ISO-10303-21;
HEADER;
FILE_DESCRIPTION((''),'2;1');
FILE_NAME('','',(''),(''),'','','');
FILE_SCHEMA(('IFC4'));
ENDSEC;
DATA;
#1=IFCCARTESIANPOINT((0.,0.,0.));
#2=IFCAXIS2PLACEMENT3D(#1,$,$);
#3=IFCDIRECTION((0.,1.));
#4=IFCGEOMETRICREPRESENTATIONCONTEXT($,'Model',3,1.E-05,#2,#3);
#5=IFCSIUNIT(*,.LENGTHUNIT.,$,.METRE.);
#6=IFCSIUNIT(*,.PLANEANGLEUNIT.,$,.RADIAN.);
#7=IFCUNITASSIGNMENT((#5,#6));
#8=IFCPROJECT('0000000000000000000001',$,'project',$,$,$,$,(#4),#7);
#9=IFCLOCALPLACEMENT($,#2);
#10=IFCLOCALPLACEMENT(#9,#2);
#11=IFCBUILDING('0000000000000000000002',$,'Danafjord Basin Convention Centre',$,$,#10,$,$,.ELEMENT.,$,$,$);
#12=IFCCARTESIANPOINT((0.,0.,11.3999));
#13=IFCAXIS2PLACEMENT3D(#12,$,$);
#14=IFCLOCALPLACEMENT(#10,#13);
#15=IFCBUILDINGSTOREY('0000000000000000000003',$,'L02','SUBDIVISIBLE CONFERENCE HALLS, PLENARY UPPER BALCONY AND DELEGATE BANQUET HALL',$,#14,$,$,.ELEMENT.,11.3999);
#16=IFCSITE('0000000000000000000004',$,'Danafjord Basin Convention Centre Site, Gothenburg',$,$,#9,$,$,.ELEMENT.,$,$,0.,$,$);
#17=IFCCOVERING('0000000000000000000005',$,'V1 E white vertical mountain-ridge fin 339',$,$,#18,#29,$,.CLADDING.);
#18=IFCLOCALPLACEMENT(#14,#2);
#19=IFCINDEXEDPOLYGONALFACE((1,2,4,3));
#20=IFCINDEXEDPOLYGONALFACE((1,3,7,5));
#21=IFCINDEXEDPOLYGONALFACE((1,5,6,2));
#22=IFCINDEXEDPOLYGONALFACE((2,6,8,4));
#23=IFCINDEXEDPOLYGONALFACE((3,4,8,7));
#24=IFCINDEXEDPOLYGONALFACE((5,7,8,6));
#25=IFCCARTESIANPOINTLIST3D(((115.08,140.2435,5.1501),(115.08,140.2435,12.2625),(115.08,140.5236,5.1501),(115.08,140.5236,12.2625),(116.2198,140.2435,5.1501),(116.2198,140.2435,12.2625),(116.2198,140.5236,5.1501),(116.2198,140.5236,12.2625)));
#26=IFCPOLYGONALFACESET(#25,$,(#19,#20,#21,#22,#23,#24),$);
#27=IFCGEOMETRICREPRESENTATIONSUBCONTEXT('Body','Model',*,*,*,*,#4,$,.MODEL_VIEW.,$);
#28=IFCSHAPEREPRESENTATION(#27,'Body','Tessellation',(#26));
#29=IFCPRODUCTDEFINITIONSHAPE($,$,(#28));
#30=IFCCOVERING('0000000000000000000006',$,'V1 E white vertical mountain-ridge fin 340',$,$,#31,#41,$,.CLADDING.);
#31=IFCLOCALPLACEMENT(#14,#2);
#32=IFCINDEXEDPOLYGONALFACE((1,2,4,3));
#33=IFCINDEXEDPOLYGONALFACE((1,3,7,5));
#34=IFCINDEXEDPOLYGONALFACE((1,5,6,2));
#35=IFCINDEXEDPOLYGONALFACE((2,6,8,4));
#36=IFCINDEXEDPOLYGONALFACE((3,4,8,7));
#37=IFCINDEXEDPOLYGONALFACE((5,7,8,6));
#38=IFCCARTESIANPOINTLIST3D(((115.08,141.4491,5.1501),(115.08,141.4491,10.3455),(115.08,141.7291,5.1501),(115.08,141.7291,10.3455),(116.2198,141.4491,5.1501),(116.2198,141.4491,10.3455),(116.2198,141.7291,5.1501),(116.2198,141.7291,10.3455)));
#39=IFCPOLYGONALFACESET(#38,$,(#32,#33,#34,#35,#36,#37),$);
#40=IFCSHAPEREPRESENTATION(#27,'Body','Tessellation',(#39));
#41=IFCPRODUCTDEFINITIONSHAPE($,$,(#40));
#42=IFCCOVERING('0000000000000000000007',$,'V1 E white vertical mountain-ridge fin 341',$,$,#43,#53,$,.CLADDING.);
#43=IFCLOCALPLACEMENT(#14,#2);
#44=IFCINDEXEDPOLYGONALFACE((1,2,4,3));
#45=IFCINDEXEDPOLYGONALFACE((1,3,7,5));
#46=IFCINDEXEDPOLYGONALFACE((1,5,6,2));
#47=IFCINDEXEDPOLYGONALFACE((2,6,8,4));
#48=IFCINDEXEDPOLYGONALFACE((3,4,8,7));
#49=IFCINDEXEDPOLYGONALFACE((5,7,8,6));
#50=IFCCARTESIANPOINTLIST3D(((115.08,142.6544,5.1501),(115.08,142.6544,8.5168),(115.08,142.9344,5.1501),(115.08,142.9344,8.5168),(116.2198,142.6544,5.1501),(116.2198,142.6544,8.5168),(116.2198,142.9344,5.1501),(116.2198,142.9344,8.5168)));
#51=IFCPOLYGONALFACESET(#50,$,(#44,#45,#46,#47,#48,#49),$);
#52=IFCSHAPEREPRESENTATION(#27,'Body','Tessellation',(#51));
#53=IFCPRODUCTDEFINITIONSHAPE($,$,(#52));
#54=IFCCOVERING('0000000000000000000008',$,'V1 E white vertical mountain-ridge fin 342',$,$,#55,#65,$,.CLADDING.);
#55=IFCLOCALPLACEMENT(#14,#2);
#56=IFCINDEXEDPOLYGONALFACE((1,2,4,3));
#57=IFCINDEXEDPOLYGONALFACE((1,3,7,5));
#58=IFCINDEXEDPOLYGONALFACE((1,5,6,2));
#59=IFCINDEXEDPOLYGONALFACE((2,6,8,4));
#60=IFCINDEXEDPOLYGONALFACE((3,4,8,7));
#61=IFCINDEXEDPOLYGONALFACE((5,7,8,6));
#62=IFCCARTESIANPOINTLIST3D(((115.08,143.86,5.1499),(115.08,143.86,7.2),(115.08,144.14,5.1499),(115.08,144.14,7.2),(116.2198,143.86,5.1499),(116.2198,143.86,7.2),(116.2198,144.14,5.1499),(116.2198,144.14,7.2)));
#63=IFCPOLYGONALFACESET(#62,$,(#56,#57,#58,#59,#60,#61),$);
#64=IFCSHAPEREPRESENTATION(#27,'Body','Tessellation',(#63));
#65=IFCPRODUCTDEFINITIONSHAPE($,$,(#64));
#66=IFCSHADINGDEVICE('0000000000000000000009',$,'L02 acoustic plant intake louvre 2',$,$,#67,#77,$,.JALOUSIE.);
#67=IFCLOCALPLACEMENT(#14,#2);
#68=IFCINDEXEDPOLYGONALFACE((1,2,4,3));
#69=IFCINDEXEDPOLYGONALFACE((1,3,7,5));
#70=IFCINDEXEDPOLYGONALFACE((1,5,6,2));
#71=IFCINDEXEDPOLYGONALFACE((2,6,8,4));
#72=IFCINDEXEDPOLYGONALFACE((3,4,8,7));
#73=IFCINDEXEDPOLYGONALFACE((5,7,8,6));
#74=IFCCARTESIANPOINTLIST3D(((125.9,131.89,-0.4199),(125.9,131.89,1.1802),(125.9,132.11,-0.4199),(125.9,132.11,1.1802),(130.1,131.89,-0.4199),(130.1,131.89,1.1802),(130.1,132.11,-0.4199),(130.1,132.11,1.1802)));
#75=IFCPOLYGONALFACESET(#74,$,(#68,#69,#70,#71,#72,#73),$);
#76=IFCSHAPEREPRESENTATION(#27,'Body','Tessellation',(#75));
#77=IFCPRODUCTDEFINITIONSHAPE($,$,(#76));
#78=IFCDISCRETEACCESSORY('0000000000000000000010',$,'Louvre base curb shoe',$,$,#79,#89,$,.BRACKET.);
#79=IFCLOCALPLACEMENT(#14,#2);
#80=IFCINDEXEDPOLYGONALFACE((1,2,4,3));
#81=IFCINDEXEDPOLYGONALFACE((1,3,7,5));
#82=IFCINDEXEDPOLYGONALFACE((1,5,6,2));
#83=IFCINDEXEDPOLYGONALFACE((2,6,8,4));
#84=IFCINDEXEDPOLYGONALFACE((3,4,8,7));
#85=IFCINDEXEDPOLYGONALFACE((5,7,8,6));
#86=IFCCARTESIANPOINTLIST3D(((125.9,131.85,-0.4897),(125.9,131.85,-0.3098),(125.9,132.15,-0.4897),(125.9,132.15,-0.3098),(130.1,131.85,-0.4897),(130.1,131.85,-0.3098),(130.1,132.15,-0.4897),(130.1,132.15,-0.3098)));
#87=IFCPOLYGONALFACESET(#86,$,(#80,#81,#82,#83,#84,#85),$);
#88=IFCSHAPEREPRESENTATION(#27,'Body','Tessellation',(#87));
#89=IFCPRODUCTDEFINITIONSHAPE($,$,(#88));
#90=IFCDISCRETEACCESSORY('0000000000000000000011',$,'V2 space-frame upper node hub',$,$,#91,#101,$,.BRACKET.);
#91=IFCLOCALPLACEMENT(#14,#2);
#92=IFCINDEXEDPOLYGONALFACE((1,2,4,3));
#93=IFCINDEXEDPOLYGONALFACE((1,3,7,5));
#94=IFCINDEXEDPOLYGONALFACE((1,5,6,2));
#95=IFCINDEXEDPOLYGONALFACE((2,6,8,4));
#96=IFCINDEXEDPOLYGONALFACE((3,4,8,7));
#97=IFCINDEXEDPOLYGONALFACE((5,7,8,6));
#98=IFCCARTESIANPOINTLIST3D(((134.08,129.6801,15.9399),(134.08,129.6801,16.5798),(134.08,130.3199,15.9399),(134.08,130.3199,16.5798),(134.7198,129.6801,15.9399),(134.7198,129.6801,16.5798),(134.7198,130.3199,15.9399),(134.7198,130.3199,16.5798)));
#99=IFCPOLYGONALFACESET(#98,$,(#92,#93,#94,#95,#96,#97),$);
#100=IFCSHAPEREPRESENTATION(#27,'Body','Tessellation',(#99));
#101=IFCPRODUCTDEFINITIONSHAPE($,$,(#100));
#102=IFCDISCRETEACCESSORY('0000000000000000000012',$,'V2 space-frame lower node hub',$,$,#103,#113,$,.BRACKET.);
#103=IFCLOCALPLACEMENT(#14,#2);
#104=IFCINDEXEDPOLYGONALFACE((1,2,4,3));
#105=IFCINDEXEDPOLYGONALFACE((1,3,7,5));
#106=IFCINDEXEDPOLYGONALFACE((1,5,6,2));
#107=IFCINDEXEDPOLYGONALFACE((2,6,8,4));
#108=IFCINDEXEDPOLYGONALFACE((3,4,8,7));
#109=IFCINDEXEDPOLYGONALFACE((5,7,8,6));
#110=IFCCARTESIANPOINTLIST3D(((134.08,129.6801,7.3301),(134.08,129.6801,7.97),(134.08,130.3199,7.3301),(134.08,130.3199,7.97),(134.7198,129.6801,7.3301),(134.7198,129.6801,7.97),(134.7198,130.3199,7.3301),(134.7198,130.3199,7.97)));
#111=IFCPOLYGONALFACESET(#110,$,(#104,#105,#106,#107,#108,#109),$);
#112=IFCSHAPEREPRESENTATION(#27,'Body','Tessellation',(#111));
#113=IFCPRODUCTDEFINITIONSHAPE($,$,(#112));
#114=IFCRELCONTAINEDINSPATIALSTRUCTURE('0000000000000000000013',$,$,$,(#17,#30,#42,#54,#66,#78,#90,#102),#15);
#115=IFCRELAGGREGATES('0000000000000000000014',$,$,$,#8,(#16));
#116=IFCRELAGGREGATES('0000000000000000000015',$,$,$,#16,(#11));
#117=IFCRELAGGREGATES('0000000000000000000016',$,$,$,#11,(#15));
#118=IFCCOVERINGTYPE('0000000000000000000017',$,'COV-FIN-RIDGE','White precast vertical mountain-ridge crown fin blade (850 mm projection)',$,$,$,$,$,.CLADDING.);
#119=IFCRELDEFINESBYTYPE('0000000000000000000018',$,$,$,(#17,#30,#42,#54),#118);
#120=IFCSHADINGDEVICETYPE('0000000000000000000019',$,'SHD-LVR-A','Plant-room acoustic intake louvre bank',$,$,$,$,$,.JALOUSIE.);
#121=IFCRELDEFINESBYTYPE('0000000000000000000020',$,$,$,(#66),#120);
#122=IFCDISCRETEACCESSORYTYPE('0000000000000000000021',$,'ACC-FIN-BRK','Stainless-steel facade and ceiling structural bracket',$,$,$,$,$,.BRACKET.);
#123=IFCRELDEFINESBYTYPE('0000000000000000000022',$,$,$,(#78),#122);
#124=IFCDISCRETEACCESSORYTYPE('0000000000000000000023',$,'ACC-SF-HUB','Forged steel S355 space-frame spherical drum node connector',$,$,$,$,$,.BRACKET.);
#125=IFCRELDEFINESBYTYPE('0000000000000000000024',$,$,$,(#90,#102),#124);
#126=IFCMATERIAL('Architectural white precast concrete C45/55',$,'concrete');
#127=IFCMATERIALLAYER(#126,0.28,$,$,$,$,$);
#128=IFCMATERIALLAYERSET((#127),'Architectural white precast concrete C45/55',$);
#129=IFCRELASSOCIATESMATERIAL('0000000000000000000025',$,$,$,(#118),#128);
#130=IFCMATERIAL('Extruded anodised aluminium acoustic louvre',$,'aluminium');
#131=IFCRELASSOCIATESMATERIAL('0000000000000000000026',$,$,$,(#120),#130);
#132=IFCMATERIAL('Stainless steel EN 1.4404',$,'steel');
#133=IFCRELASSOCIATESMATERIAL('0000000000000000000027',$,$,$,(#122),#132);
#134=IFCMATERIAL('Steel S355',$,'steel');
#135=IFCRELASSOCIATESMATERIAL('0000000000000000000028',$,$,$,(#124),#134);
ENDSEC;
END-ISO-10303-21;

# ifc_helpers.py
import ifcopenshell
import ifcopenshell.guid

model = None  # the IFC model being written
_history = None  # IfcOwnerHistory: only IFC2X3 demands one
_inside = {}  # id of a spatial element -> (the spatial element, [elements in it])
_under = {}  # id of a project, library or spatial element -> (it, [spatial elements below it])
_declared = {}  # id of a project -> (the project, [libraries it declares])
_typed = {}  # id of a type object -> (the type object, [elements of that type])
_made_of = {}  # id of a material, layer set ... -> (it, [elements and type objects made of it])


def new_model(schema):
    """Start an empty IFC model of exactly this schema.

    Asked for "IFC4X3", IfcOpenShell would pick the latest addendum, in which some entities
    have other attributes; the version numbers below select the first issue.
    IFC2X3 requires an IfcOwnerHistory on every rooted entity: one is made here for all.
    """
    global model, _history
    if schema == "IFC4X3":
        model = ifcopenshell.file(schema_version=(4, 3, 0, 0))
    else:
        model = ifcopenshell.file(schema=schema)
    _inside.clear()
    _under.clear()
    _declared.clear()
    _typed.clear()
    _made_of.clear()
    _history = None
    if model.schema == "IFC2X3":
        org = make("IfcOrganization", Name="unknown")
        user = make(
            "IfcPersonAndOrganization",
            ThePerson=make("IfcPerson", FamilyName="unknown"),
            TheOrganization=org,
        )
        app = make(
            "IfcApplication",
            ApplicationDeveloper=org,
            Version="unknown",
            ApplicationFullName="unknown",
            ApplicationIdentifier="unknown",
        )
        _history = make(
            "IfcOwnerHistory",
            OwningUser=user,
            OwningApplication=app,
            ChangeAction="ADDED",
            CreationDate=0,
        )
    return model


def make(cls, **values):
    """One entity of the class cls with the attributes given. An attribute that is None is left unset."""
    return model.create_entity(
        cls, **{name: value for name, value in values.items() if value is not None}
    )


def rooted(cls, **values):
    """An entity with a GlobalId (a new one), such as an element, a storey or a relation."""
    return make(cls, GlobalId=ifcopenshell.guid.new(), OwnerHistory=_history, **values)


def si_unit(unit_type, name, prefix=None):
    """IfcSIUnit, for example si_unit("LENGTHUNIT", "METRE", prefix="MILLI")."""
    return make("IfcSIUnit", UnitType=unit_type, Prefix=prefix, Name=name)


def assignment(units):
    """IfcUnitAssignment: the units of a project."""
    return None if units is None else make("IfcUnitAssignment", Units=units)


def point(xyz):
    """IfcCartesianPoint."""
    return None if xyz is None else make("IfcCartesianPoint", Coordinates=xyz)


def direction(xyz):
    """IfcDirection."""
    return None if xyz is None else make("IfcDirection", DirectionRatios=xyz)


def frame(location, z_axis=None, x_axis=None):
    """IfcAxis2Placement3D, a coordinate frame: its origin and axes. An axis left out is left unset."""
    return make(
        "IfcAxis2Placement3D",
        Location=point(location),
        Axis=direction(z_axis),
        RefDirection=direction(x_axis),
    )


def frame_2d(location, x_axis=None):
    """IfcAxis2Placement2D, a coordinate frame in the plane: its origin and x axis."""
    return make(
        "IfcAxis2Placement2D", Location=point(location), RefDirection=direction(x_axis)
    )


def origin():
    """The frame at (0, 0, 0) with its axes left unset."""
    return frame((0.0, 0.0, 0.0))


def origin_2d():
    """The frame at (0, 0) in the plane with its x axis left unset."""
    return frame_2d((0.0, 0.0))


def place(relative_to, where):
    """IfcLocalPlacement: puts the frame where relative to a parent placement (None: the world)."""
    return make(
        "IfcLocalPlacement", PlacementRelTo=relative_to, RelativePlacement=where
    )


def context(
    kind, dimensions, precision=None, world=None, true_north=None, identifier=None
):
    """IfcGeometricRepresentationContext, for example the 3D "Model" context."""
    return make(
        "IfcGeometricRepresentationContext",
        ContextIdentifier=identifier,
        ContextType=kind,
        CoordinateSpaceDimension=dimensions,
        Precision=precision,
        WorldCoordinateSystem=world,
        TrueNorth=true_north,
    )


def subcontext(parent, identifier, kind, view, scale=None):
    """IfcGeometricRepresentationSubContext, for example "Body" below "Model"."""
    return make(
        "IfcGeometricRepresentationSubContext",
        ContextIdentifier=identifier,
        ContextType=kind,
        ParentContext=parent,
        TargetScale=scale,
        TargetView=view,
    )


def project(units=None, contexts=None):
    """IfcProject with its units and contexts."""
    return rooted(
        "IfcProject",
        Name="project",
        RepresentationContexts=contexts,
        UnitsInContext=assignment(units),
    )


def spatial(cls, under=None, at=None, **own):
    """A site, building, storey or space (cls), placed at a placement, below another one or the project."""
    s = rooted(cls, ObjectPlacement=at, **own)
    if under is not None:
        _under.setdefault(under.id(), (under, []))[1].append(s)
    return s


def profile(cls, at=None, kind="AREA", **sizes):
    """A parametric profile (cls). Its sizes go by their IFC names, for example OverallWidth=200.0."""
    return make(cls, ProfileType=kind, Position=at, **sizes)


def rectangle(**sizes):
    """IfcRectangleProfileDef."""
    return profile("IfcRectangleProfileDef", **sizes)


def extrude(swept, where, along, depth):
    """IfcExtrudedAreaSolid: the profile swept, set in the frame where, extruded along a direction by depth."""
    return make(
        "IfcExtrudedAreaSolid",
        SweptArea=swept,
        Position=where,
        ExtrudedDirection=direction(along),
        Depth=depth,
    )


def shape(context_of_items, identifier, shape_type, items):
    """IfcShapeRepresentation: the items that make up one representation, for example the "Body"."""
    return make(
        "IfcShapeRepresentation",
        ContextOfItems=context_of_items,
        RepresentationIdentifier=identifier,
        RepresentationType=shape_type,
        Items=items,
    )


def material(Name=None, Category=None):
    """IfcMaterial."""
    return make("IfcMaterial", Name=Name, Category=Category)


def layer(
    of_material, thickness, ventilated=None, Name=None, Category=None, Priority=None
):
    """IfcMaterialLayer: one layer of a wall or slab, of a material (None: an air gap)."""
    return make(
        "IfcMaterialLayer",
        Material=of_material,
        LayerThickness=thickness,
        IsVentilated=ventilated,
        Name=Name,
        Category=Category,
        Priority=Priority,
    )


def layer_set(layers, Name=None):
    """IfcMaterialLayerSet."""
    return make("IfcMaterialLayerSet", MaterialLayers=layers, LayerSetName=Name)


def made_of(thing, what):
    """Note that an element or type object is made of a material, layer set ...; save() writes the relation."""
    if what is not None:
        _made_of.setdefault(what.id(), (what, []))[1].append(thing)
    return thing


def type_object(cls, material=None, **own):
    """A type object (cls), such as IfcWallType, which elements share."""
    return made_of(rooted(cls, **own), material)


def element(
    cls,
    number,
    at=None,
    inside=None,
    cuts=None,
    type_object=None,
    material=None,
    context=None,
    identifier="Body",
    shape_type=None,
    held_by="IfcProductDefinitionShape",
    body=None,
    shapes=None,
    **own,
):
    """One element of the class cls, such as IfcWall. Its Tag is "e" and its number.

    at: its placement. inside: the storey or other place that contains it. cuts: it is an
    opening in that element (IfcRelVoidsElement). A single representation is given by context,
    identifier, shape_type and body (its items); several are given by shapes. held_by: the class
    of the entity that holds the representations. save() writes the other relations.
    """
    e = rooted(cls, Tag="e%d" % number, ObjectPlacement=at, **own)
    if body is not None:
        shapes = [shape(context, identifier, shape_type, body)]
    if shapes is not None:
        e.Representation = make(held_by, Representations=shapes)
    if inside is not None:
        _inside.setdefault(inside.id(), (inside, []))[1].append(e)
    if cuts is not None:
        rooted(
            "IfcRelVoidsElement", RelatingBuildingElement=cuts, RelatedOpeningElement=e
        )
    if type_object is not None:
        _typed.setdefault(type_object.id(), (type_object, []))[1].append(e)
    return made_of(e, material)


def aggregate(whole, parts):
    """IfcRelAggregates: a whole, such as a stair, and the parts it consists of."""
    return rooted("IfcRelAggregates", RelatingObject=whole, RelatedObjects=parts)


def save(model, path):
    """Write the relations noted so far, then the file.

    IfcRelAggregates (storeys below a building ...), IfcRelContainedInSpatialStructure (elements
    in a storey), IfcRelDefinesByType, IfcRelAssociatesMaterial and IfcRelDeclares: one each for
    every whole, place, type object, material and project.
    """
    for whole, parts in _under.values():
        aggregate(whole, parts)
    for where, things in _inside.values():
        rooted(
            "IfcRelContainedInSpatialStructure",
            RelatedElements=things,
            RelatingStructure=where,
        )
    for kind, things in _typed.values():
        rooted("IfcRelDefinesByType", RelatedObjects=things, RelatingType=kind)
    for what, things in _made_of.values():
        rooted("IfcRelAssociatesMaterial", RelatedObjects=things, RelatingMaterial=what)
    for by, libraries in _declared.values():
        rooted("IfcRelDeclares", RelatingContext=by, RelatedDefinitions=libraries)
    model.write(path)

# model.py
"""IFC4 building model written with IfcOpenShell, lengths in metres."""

from ifc_helpers import new_model, si_unit, direction, frame, origin, origin_2d, place, context, subcontext, project, spatial, rectangle, extrude, material, layer, layer_set, type_object, element, save


model = new_model("IFC4")

# Units and contexts
model_context = context("Model", 3, precision=1e-05, world=origin(), true_north=direction((0.0, 1.0)))
body_context = subcontext(model_context, "Body", "Model", "MODEL_VIEW")
ifc_project = project(units=[si_unit("LENGTHUNIT", "METRE"), si_unit("PLANEANGLEUNIT", "RADIAN")], contexts=[model_context])

# Site, building, storey
site_placement = place(None, origin())
site = spatial("IfcSite", under=ifc_project, at=site_placement, Name="Danafjord Basin Convention Centre Site, Gothenburg", CompositionType="ELEMENT", RefElevation=0.0)
building_placement = place(site_placement, origin())
building = spatial("IfcBuilding", under=site, at=building_placement, Name="Danafjord Basin Convention Centre", CompositionType="ELEMENT")
storey_placement = place(building_placement, frame((0.0, 0.0, 11.3999)))
storey = spatial("IfcBuildingStorey", under=building, at=storey_placement, Name="L02", Description="SUBDIVISIBLE CONFERENCE HALLS, PLENARY UPPER BALCONY AND DELEGATE BANQUET HALL", CompositionType="ELEMENT", Elevation=11.3999)

# Shared definitions
ifc_material_1 = material(Name="Steel S355", Category="steel")

# Coverings
ifc_material_2 = material(Name="Architectural white precast concrete C45/55", Category="concrete")
ifc_layer = layer(ifc_material_2, 0.28)
ifc_layer_set = layer_set([ifc_layer], Name="Architectural white precast concrete C45/55")
covering_type = type_object("IfcCoveringType", Name="COV-FIN-RIDGE", Description="White precast vertical mountain-ridge crown fin blade (850 mm projection)", PredefinedType="CLADDING", material=ifc_layer_set)
covering_1_placement = place(storey_placement, frame((115.6499, 140.3835, 5.1501), z_axis=(0.0, 0.0, 1.0), x_axis=(1.0, 0.0, 0.0)))
element("IfcCovering", 1, at=covering_1_placement, inside=storey, type_object=covering_type, Name="V1 E white vertical mountain-ridge fin 339", PredefinedType="CLADDING", context=body_context, shape_type="SweptSolid", body=[
    extrude(rectangle(XDim=1.1399, YDim=0.28, at=origin_2d()), origin(), (0.0, 0.0, 1.0), 7.1123),
])
covering_2_placement = place(storey_placement, frame((115.6499, 141.5891, 5.1501), z_axis=(0.0, 0.0, 1.0), x_axis=(1.0, 0.0, 0.0)))
element("IfcCovering", 2, at=covering_2_placement, inside=storey, type_object=covering_type, Name="V1 E white vertical mountain-ridge fin 340", PredefinedType="CLADDING", context=body_context, shape_type="SweptSolid", body=[
    extrude(rectangle(XDim=1.1399, YDim=0.28, at=origin_2d()), origin(), (0.0, 0.0, 1.0), 5.1953),
])
covering_3_placement = place(storey_placement, frame((115.6499, 142.7944, 5.1501), z_axis=(0.0, 0.0, 1.0), x_axis=(1.0, 0.0, 0.0)))
element("IfcCovering", 3, at=covering_3_placement, inside=storey, type_object=covering_type, Name="V1 E white vertical mountain-ridge fin 341", PredefinedType="CLADDING", context=body_context, shape_type="SweptSolid", body=[
    extrude(rectangle(XDim=1.1399, YDim=0.28, at=origin_2d()), origin(), (0.0, 0.0, 1.0), 3.3667),
])
covering_4_placement = place(storey_placement, frame((115.6499, 144.0, 5.1499), z_axis=(0.0, 0.0, 1.0), x_axis=(1.0, 0.0, 0.0)))
element("IfcCovering", 4, at=covering_4_placement, inside=storey, type_object=covering_type, Name="V1 E white vertical mountain-ridge fin 342", PredefinedType="CLADDING", context=body_context, shape_type="SweptSolid", body=[
    extrude(rectangle(XDim=1.1399, YDim=0.28, at=origin_2d()), origin(), (0.0, 0.0, 1.0), 2.05),
])

# Shading device
ifc_material_3 = material(Name="Extruded anodised aluminium acoustic louvre", Category="aluminium")
shading_device_type = type_object("IfcShadingDeviceType", Name="SHD-LVR-A", Description="Plant-room acoustic intake louvre bank", PredefinedType="JALOUSIE", material=ifc_material_3)
shading_device_placement = place(storey_placement, frame((128.0, 132.0, -0.4199), z_axis=(0.0, 0.0, 1.0), x_axis=(1.0, 0.0, 0.0)))
element("IfcShadingDevice", 5, at=shading_device_placement, inside=storey, type_object=shading_device_type, Name="L02 acoustic plant intake louvre 2", PredefinedType="JALOUSIE", context=body_context, shape_type="SweptSolid", body=[
    extrude(rectangle(XDim=4.2, YDim=0.22, at=origin_2d()), origin(), (0.0, 0.0, 1.0), 1.6001),
])

# Discrete accessories
ifc_material_4 = material(Name="Stainless steel EN 1.4404", Category="steel")
discrete_accessory_type_1 = type_object("IfcDiscreteAccessoryType", Name="ACC-FIN-BRK", Description="Stainless-steel facade and ceiling structural bracket", PredefinedType="BRACKET", material=ifc_material_4)
discrete_accessory_placement = place(storey_placement, frame((128.0, 132.0, -0.4897), z_axis=(0.0, 0.0, 1.0), x_axis=(1.0, 0.0, 0.0)))
element("IfcDiscreteAccessory", 6, at=discrete_accessory_placement, inside=storey, type_object=discrete_accessory_type_1, Name="Louvre base curb shoe", PredefinedType="BRACKET", context=body_context, shape_type="SweptSolid", body=[
    extrude(rectangle(XDim=4.2, YDim=0.3, at=origin_2d()), origin(), (0.0, 0.0, 1.0), 0.1799),
])
discrete_accessory_type_2 = type_object("IfcDiscreteAccessoryType", Name="ACC-SF-HUB", Description="Forged steel S355 space-frame spherical drum node connector", PredefinedType="BRACKET", material=ifc_material_1)
for number, where, z_axis, x_axis, name in (
    (7, (134.3999, 130.0, 15.9399), (0.0, 0.0, 1.0), (1.0, 0.0, 0.0), "V2 space-frame upper node hub"),
    (8, (134.3999, 130.0, 7.3301), (0.0, 0.0, 1.0), (1.0, 0.0, 0.0), "V2 space-frame lower node hub"),
):
    element("IfcDiscreteAccessory", number, at=place(storey_placement, frame(where, z_axis=z_axis, x_axis=x_axis)), inside=storey, type_object=discrete_accessory_type_2, Name=name, PredefinedType="BRACKET", context=body_context, shape_type="SweptSolid", body=[
        extrude(rectangle(XDim=0.6399, YDim=0.6399, at=origin_2d()), origin(), (0.0, 0.0, 1.0), 0.6399),
    ])

save(model, "model.ifc")
